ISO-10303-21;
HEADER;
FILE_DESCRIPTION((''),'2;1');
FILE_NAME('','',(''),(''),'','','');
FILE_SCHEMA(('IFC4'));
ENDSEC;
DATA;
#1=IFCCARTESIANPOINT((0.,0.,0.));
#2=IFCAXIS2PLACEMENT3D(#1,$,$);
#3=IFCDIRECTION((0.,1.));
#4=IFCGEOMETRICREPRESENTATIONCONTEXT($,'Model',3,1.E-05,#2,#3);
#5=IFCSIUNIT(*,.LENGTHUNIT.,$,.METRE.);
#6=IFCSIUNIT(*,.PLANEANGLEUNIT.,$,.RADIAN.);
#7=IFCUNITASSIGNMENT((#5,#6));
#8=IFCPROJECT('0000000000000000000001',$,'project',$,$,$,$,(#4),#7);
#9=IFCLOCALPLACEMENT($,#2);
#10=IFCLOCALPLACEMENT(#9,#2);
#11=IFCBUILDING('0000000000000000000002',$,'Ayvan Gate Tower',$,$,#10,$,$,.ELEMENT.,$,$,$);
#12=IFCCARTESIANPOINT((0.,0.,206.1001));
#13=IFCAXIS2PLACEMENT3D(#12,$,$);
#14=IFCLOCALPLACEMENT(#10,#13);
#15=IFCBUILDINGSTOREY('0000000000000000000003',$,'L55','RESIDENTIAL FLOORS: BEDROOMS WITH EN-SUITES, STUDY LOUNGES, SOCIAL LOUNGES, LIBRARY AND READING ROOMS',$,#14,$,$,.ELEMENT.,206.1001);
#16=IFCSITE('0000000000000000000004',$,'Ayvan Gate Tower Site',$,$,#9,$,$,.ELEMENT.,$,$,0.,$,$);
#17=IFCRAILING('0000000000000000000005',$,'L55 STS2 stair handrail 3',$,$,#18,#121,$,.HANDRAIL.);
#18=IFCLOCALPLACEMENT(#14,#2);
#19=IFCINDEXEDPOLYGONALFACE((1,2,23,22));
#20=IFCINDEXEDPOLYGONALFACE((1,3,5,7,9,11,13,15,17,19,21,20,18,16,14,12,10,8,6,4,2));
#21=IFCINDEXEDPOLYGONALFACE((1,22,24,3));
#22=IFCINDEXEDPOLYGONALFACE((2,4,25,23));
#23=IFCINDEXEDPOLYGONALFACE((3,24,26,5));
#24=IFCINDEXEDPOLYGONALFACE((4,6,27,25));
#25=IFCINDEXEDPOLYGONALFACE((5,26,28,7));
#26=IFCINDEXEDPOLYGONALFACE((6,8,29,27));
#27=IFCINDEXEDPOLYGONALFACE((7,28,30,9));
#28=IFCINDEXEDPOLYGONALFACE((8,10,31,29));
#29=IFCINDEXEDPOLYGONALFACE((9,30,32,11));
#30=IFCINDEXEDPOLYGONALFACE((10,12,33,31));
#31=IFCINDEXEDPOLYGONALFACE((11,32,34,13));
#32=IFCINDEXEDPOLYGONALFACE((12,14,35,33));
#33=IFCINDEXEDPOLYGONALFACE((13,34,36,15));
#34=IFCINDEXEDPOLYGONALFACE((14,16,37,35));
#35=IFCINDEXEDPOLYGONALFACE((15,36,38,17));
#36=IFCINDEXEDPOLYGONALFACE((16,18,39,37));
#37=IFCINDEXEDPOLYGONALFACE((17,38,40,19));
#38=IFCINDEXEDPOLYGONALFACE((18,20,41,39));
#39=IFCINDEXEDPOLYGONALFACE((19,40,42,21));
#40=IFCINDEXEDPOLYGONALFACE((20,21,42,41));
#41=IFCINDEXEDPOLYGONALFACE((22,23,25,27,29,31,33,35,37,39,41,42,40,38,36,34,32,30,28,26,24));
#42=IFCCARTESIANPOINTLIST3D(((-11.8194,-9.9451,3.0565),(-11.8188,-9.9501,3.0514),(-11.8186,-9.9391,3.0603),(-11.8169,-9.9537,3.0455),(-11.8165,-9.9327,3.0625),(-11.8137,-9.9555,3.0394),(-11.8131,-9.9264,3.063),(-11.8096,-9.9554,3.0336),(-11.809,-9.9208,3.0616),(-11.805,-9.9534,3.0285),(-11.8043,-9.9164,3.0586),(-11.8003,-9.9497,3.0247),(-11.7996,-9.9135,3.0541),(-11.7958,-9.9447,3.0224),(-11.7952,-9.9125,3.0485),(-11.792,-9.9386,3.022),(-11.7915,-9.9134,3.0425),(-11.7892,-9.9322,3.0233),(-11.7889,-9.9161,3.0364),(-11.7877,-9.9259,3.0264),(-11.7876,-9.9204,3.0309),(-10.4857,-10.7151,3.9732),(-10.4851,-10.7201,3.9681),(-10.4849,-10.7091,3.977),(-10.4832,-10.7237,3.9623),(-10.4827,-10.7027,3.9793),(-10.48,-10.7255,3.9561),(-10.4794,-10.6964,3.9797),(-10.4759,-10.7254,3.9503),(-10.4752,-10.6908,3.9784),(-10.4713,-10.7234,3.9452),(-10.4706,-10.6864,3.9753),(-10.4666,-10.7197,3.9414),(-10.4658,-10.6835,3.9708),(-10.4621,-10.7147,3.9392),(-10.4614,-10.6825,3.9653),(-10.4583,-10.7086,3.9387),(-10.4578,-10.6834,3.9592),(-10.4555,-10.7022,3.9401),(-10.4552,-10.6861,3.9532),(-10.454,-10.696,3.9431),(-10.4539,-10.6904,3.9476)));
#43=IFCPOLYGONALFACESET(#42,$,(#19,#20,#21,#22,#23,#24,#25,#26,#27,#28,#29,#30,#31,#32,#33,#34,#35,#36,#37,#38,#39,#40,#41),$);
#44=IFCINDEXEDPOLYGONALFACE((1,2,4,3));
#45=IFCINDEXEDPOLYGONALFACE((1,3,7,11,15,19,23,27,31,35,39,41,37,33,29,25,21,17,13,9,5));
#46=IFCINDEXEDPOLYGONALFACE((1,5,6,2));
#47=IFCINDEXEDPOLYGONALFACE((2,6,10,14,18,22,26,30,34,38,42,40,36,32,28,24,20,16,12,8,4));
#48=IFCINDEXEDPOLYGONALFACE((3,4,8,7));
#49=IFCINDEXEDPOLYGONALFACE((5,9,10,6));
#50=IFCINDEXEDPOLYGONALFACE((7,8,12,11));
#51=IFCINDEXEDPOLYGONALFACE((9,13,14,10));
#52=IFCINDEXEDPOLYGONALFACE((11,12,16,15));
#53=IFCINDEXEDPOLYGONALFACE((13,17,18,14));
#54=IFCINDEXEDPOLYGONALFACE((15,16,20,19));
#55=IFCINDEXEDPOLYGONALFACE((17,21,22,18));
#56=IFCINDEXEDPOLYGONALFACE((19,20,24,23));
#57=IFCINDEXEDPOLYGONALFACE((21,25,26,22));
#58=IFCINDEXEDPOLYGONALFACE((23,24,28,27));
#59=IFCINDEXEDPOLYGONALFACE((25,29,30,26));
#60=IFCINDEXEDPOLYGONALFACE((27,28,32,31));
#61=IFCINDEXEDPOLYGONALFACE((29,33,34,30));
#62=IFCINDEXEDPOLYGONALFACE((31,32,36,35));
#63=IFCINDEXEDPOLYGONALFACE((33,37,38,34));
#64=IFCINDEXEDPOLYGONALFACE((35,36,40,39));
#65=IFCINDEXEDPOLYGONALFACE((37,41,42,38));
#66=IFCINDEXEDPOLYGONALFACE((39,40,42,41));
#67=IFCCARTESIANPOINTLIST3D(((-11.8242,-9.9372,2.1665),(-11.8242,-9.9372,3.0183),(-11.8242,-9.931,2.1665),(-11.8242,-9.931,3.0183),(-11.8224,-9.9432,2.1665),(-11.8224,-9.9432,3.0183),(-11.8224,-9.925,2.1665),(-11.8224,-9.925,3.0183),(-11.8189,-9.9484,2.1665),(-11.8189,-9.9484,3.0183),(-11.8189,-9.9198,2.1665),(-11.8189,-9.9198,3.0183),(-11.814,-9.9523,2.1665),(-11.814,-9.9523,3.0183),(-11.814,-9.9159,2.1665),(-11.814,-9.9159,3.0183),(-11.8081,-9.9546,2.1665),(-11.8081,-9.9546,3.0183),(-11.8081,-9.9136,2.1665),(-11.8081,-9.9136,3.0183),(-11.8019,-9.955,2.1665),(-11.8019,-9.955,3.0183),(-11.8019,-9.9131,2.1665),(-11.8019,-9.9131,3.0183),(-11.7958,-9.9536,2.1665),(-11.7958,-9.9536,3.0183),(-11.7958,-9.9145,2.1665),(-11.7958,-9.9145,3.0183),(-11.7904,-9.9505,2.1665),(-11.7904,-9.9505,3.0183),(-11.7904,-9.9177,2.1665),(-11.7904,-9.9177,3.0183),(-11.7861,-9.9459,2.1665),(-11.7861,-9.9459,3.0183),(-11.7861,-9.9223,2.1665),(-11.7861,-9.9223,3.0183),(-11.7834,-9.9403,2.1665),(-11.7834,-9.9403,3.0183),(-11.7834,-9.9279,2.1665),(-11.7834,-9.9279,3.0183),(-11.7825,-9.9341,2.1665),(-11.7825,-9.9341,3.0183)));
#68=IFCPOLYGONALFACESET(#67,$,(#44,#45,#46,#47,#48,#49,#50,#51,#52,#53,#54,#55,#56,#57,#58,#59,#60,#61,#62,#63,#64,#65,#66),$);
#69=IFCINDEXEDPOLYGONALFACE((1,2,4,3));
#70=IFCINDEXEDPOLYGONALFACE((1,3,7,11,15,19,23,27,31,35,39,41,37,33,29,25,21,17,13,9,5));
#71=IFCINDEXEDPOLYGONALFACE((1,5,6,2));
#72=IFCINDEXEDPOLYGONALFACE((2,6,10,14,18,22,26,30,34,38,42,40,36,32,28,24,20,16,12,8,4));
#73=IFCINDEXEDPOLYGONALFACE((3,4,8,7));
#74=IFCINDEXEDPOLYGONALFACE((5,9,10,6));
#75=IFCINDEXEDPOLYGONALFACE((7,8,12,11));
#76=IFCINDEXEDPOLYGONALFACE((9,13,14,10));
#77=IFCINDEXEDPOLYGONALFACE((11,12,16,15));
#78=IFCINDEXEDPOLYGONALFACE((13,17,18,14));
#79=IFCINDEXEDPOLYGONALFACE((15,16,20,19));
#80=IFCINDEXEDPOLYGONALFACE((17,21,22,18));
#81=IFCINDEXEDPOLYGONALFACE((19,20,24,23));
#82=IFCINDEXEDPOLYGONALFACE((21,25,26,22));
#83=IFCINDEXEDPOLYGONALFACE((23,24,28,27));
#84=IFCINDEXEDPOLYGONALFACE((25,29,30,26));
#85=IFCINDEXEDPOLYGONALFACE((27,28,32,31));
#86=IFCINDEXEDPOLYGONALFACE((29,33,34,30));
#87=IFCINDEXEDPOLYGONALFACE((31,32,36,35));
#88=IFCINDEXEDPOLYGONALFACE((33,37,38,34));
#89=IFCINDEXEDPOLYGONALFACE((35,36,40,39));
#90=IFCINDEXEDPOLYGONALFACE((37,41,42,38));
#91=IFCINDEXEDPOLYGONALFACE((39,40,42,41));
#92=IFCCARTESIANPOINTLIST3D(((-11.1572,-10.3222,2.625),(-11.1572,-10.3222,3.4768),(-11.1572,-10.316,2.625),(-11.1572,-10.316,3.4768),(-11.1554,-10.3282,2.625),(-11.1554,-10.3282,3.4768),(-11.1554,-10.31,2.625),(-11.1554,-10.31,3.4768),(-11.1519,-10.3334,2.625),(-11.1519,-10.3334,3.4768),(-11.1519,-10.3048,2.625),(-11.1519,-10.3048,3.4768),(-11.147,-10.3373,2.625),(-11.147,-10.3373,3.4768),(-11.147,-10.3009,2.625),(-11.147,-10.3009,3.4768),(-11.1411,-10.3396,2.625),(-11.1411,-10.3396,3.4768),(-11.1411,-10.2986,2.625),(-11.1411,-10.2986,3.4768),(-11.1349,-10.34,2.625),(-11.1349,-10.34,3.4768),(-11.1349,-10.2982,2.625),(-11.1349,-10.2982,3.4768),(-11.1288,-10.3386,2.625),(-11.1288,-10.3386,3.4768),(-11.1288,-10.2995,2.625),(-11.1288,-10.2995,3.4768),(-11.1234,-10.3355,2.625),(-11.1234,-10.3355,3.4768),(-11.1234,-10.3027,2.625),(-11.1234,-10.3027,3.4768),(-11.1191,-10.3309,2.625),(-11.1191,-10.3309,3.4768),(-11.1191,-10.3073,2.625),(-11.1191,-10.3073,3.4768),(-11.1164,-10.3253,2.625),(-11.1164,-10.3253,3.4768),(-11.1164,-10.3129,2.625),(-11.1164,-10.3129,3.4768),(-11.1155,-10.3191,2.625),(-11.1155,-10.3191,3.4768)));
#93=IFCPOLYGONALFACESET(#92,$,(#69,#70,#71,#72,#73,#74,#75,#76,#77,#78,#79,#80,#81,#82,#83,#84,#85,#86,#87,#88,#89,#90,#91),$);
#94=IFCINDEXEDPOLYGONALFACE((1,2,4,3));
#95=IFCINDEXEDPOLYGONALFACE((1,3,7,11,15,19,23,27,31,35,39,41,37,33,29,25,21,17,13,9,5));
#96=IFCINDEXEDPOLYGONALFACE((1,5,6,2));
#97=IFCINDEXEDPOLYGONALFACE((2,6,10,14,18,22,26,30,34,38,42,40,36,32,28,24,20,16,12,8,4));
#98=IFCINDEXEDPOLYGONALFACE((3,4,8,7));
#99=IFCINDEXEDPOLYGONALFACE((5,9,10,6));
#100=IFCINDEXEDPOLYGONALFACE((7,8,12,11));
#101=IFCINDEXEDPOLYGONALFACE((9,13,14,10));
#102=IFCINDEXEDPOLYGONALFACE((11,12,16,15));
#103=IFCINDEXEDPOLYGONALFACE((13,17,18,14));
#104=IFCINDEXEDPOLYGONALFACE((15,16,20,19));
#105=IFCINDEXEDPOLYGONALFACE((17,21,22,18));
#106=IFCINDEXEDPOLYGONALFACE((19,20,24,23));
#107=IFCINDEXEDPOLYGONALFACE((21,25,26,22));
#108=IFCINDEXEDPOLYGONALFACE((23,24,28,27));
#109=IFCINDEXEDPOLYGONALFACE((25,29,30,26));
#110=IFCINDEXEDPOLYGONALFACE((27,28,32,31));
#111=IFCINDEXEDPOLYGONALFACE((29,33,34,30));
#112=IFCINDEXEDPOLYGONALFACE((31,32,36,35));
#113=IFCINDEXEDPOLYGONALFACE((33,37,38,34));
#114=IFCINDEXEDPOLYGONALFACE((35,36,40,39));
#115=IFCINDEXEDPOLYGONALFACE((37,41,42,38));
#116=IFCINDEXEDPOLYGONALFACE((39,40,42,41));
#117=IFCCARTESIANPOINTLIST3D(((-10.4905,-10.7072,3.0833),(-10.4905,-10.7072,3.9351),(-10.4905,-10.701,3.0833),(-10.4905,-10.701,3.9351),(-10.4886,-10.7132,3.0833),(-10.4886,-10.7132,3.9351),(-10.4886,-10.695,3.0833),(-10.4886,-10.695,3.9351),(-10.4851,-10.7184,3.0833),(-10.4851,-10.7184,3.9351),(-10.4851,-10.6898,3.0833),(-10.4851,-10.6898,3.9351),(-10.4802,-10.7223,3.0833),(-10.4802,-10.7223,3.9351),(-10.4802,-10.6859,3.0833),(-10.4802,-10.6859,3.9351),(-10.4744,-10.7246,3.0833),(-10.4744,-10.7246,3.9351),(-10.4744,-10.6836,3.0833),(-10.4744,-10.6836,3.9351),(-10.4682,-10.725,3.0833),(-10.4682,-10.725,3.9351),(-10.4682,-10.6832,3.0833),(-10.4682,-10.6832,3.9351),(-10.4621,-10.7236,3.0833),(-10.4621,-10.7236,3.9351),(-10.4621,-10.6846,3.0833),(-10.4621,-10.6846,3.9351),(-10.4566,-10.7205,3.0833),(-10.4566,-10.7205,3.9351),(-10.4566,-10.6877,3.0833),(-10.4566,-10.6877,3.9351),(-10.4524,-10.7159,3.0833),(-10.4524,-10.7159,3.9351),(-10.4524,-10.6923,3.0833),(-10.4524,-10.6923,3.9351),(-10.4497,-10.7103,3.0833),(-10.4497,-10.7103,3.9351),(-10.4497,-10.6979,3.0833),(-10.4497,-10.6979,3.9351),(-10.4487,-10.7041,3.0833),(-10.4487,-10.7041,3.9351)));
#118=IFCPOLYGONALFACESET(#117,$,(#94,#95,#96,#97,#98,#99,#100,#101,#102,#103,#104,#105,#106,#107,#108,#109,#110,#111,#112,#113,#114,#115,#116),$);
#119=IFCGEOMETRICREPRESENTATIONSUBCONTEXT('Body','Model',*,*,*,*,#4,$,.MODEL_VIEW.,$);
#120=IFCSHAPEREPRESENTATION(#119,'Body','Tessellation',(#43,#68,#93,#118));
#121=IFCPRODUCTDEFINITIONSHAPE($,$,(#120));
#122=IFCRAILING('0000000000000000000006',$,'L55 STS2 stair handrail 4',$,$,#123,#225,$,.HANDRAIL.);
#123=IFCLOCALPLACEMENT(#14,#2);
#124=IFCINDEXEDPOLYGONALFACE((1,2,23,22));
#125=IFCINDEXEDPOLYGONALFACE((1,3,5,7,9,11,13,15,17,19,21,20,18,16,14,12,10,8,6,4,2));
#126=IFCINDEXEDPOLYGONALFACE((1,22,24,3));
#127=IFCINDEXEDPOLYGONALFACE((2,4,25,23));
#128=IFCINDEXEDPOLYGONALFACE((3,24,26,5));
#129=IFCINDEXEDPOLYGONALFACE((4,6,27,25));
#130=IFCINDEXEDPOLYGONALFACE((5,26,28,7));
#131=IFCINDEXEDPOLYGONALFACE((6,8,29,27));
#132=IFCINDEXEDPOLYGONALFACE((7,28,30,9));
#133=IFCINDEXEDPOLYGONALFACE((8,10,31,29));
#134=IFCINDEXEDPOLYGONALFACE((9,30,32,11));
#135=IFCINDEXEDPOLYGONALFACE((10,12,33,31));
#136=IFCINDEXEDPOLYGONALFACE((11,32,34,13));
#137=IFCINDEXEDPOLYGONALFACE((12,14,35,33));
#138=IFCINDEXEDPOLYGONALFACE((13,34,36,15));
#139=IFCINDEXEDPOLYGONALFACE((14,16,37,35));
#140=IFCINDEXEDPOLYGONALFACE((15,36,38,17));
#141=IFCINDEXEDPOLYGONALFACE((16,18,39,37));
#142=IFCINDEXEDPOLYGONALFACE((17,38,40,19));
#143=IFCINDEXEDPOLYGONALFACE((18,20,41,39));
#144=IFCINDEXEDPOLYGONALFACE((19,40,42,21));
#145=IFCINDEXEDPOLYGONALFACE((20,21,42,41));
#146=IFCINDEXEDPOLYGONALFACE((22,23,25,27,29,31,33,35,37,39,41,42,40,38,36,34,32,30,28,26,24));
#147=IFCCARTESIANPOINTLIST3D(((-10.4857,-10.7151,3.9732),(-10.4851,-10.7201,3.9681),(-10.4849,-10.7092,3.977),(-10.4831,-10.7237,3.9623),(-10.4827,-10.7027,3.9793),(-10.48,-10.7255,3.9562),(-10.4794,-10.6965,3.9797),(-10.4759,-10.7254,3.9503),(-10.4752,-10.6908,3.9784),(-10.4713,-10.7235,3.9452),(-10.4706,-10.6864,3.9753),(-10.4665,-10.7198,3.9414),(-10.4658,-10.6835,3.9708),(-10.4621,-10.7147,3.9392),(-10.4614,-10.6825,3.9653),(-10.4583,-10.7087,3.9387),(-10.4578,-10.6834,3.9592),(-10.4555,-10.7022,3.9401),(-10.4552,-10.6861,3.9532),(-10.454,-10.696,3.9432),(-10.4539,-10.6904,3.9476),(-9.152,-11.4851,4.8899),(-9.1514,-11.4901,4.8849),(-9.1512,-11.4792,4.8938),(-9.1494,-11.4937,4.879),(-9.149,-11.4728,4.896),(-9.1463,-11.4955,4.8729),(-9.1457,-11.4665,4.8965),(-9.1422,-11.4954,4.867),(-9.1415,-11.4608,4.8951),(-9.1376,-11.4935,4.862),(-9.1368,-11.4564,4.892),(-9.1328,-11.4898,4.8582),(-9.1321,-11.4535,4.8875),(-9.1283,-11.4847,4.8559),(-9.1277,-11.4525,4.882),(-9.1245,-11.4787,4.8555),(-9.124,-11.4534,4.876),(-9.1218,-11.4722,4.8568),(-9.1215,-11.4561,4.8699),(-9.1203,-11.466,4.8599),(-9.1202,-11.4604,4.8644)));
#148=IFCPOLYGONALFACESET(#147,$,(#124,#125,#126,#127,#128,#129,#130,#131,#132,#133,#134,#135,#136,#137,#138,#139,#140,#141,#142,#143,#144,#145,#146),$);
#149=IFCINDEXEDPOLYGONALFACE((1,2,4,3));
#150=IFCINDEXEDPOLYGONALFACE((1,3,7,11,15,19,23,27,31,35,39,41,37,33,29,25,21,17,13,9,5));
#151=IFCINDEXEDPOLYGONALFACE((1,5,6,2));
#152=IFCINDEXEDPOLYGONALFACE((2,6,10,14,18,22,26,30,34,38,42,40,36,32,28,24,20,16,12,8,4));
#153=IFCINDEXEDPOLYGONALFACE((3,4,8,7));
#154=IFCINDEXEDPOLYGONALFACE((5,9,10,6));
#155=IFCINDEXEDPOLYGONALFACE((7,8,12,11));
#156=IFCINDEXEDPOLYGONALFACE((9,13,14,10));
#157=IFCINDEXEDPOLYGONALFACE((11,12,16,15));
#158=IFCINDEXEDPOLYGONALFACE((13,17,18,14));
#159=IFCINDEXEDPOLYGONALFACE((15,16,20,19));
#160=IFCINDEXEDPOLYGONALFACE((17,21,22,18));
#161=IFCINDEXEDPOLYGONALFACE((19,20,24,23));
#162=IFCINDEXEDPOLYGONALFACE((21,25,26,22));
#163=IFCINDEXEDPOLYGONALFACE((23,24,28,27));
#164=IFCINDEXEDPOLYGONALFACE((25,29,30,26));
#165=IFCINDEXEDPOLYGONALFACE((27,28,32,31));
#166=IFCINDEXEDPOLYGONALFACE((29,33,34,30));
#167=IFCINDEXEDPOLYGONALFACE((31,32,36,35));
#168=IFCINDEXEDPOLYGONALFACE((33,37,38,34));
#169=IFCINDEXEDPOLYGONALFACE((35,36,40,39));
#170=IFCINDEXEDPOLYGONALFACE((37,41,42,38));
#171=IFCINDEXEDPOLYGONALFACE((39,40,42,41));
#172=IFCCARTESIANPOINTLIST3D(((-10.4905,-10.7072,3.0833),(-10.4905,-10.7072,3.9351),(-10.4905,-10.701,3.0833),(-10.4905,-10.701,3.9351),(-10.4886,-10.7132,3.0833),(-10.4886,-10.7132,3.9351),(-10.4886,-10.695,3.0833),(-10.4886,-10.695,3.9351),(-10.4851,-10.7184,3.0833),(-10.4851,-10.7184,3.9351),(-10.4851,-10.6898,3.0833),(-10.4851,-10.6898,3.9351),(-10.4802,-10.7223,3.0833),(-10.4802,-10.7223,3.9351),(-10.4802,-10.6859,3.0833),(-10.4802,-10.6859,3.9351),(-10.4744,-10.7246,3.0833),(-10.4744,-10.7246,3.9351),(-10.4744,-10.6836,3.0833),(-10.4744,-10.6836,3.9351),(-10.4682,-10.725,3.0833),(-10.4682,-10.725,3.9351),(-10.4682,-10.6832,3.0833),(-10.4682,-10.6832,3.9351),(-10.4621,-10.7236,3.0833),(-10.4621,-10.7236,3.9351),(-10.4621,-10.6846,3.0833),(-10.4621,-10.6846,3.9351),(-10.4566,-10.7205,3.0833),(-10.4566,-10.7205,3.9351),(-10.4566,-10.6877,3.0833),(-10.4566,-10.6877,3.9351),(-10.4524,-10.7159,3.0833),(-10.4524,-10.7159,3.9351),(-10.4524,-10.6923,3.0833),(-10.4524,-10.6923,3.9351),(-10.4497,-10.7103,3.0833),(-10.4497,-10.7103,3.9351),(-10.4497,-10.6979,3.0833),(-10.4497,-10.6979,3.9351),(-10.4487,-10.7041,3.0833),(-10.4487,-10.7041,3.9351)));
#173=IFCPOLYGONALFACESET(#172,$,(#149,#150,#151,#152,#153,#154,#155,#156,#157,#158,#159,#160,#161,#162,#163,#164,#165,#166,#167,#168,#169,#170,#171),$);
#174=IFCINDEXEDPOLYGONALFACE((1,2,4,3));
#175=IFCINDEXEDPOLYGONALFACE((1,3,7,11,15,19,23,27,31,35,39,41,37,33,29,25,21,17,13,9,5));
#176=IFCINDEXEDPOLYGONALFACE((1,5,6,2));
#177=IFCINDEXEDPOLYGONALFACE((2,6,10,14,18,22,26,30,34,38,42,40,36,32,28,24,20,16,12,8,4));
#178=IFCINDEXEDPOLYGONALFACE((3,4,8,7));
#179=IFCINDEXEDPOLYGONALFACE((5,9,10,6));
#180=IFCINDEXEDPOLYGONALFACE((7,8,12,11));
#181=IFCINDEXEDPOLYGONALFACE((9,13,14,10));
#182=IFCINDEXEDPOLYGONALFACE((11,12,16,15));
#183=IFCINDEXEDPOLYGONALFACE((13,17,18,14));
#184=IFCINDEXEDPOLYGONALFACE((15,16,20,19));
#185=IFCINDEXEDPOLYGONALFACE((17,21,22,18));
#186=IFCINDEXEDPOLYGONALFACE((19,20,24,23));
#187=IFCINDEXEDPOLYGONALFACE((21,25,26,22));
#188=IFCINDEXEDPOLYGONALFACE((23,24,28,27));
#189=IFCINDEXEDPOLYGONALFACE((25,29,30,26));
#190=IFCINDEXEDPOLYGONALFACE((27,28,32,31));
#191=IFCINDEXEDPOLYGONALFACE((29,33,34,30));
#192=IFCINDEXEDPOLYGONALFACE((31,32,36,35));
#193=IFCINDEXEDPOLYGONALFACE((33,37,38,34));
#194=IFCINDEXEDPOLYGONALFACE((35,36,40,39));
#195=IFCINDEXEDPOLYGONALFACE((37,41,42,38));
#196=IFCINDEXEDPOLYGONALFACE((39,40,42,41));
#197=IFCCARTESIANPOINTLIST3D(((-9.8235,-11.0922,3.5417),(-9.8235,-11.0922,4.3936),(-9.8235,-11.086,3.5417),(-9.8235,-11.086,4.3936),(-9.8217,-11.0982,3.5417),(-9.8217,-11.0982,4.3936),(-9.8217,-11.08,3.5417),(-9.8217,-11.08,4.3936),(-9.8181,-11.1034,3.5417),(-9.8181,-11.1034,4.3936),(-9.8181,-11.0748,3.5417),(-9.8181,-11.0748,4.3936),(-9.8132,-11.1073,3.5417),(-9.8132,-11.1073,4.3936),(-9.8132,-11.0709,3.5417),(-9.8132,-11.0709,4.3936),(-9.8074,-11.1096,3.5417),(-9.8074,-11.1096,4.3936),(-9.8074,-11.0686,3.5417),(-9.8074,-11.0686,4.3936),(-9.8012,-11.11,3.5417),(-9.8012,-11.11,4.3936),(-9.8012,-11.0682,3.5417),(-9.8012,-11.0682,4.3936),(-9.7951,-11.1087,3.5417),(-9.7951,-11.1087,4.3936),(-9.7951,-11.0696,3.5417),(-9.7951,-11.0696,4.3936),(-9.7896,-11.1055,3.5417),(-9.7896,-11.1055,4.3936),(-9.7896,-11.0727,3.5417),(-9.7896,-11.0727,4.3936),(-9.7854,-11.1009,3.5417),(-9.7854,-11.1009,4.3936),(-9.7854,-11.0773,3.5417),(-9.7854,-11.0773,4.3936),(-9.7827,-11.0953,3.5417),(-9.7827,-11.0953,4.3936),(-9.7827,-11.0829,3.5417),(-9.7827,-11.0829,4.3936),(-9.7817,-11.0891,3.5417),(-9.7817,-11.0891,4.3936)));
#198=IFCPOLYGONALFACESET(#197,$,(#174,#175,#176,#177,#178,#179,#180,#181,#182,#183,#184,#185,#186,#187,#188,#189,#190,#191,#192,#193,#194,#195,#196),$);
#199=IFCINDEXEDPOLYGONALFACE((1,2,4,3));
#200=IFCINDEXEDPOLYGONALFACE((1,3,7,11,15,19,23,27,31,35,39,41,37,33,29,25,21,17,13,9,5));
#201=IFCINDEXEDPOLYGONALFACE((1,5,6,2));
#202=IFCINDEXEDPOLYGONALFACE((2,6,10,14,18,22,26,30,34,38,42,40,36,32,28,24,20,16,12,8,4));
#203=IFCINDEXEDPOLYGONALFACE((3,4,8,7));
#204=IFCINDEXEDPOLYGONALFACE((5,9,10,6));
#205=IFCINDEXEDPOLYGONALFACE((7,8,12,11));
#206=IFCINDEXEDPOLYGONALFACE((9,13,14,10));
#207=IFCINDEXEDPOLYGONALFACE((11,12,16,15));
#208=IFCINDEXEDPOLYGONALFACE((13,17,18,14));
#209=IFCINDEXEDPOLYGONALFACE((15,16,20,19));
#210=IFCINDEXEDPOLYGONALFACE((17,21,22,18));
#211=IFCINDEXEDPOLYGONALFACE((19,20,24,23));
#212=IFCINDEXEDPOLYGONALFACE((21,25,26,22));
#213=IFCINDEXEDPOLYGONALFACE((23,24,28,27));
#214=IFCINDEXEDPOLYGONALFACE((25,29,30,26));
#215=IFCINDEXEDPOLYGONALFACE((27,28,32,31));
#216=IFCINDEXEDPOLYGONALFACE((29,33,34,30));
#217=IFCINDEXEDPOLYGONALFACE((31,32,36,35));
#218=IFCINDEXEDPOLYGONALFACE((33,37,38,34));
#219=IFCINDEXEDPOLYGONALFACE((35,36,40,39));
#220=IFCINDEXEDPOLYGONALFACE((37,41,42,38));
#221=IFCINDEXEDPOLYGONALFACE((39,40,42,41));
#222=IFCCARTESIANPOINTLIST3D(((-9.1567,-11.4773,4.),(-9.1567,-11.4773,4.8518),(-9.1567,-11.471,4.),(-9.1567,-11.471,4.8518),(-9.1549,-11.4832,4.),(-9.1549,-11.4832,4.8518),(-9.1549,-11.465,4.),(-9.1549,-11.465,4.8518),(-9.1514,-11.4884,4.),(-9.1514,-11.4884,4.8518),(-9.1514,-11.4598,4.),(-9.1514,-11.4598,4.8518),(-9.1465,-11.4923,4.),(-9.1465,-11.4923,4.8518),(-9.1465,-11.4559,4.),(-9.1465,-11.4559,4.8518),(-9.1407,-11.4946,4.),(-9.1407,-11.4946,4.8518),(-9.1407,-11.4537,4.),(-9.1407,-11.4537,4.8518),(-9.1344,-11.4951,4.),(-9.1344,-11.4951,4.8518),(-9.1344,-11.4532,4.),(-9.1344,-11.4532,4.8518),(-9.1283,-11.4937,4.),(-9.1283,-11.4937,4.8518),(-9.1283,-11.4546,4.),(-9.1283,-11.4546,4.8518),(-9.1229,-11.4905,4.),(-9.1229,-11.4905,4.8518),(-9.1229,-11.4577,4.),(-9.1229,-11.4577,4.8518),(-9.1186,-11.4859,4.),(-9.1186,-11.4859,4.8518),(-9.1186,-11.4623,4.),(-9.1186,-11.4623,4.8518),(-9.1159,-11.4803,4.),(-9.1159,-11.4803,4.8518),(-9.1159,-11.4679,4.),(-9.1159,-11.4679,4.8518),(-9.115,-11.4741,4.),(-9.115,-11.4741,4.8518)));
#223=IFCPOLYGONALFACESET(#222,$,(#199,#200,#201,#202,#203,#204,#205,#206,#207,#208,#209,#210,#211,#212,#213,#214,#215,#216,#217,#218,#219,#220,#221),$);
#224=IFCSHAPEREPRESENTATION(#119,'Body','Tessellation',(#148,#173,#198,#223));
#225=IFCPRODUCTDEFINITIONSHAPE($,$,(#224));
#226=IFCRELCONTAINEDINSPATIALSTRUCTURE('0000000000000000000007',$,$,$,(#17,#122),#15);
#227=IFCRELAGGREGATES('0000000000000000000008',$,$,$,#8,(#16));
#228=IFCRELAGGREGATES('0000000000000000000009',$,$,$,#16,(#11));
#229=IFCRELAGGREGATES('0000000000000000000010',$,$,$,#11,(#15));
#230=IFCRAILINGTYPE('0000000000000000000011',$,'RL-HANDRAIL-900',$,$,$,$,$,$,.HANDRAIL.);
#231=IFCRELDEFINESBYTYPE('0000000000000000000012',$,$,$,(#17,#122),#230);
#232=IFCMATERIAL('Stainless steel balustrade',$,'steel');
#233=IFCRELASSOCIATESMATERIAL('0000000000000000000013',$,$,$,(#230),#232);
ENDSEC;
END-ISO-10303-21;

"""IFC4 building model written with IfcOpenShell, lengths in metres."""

from ifc_helpers import new_model, si_unit, direction, frame, origin, origin_2d, place, context, subcontext, project, spatial, circle, extrude, material, type_object, element, save


model = new_model("IFC4")

# Units and contexts
model_context = context("Model", 3, precision=1e-05, world=origin(), true_north=direction((0.0, 1.0)))
body_context = subcontext(model_context, "Body", "Model", "MODEL_VIEW")
ifc_project = project(units=[si_unit("LENGTHUNIT", "METRE"), si_unit("PLANEANGLEUNIT", "RADIAN")], contexts=[model_context])

# Site, building, storey
site_placement = place(None, origin())
site = spatial("IfcSite", under=ifc_project, at=site_placement, Name="Ayvan Gate Tower Site", CompositionType="ELEMENT", RefElevation=0.0)
building_placement = place(site_placement, origin())
building = spatial("IfcBuilding", under=site, at=building_placement, Name="Ayvan Gate Tower", CompositionType="ELEMENT")
storey_placement = place(building_placement, frame((0.0, 0.0, 206.1001)))
storey = spatial("IfcBuildingStorey", under=building, at=storey_placement, Name="L55", Description="RESIDENTIAL FLOORS: BEDROOMS WITH EN-SUITES, STUDY LOUNGES, SOCIAL LOUNGES, LIBRARY AND READING ROOMS", CompositionType="ELEMENT", Elevation=206.1001)

# Railings
ifc_material_1 = material(Name="Stainless steel balustrade", Category="steel")
railing_type_1 = type_object("IfcRailingType", Name="RL-HANDRAIL-900", PredefinedType="HANDRAIL", material=ifc_material_1)
for number, where, name in (
    (1, (-11.8035, -9.9341, 2.1665), "L55 STS2 stair handrail 3"),
    (2, (-10.4697, -10.7041, 3.0833), "L55 STS2 stair handrail 4"),
):
    element("IfcRailing", number, at=place(storey_placement, frame(where)), inside=storey, type_object=railing_type_1, Name=name, PredefinedType="HANDRAIL", context=body_context, shape_type="SweptSolid", body=[
        extrude(circle(Radius=0.0239, at=origin_2d()), frame((0.0, 0.0, 0.876), z_axis=(0.744164, -0.429634, 0.511502), x_axis=(0.499992, 0.86603, 0.0)), (0.0, 0.0, 1.0), 1.7922),
        extrude(circle(Radius=0.021, at=origin_2d()), origin(), (0.0, 0.0, 1.0), 0.8518),
        extrude(circle(Radius=0.021, at=origin_2d()), frame((0.667, -0.385, 0.4585)), (0.0, 0.0, 1.0), 0.8518),
        extrude(circle(Radius=0.021, at=origin_2d()), frame((1.3337, -0.77, 0.9167)), (0.0, 0.0, 1.0), 0.8518),
    ])

save(model, "model.ifc")
